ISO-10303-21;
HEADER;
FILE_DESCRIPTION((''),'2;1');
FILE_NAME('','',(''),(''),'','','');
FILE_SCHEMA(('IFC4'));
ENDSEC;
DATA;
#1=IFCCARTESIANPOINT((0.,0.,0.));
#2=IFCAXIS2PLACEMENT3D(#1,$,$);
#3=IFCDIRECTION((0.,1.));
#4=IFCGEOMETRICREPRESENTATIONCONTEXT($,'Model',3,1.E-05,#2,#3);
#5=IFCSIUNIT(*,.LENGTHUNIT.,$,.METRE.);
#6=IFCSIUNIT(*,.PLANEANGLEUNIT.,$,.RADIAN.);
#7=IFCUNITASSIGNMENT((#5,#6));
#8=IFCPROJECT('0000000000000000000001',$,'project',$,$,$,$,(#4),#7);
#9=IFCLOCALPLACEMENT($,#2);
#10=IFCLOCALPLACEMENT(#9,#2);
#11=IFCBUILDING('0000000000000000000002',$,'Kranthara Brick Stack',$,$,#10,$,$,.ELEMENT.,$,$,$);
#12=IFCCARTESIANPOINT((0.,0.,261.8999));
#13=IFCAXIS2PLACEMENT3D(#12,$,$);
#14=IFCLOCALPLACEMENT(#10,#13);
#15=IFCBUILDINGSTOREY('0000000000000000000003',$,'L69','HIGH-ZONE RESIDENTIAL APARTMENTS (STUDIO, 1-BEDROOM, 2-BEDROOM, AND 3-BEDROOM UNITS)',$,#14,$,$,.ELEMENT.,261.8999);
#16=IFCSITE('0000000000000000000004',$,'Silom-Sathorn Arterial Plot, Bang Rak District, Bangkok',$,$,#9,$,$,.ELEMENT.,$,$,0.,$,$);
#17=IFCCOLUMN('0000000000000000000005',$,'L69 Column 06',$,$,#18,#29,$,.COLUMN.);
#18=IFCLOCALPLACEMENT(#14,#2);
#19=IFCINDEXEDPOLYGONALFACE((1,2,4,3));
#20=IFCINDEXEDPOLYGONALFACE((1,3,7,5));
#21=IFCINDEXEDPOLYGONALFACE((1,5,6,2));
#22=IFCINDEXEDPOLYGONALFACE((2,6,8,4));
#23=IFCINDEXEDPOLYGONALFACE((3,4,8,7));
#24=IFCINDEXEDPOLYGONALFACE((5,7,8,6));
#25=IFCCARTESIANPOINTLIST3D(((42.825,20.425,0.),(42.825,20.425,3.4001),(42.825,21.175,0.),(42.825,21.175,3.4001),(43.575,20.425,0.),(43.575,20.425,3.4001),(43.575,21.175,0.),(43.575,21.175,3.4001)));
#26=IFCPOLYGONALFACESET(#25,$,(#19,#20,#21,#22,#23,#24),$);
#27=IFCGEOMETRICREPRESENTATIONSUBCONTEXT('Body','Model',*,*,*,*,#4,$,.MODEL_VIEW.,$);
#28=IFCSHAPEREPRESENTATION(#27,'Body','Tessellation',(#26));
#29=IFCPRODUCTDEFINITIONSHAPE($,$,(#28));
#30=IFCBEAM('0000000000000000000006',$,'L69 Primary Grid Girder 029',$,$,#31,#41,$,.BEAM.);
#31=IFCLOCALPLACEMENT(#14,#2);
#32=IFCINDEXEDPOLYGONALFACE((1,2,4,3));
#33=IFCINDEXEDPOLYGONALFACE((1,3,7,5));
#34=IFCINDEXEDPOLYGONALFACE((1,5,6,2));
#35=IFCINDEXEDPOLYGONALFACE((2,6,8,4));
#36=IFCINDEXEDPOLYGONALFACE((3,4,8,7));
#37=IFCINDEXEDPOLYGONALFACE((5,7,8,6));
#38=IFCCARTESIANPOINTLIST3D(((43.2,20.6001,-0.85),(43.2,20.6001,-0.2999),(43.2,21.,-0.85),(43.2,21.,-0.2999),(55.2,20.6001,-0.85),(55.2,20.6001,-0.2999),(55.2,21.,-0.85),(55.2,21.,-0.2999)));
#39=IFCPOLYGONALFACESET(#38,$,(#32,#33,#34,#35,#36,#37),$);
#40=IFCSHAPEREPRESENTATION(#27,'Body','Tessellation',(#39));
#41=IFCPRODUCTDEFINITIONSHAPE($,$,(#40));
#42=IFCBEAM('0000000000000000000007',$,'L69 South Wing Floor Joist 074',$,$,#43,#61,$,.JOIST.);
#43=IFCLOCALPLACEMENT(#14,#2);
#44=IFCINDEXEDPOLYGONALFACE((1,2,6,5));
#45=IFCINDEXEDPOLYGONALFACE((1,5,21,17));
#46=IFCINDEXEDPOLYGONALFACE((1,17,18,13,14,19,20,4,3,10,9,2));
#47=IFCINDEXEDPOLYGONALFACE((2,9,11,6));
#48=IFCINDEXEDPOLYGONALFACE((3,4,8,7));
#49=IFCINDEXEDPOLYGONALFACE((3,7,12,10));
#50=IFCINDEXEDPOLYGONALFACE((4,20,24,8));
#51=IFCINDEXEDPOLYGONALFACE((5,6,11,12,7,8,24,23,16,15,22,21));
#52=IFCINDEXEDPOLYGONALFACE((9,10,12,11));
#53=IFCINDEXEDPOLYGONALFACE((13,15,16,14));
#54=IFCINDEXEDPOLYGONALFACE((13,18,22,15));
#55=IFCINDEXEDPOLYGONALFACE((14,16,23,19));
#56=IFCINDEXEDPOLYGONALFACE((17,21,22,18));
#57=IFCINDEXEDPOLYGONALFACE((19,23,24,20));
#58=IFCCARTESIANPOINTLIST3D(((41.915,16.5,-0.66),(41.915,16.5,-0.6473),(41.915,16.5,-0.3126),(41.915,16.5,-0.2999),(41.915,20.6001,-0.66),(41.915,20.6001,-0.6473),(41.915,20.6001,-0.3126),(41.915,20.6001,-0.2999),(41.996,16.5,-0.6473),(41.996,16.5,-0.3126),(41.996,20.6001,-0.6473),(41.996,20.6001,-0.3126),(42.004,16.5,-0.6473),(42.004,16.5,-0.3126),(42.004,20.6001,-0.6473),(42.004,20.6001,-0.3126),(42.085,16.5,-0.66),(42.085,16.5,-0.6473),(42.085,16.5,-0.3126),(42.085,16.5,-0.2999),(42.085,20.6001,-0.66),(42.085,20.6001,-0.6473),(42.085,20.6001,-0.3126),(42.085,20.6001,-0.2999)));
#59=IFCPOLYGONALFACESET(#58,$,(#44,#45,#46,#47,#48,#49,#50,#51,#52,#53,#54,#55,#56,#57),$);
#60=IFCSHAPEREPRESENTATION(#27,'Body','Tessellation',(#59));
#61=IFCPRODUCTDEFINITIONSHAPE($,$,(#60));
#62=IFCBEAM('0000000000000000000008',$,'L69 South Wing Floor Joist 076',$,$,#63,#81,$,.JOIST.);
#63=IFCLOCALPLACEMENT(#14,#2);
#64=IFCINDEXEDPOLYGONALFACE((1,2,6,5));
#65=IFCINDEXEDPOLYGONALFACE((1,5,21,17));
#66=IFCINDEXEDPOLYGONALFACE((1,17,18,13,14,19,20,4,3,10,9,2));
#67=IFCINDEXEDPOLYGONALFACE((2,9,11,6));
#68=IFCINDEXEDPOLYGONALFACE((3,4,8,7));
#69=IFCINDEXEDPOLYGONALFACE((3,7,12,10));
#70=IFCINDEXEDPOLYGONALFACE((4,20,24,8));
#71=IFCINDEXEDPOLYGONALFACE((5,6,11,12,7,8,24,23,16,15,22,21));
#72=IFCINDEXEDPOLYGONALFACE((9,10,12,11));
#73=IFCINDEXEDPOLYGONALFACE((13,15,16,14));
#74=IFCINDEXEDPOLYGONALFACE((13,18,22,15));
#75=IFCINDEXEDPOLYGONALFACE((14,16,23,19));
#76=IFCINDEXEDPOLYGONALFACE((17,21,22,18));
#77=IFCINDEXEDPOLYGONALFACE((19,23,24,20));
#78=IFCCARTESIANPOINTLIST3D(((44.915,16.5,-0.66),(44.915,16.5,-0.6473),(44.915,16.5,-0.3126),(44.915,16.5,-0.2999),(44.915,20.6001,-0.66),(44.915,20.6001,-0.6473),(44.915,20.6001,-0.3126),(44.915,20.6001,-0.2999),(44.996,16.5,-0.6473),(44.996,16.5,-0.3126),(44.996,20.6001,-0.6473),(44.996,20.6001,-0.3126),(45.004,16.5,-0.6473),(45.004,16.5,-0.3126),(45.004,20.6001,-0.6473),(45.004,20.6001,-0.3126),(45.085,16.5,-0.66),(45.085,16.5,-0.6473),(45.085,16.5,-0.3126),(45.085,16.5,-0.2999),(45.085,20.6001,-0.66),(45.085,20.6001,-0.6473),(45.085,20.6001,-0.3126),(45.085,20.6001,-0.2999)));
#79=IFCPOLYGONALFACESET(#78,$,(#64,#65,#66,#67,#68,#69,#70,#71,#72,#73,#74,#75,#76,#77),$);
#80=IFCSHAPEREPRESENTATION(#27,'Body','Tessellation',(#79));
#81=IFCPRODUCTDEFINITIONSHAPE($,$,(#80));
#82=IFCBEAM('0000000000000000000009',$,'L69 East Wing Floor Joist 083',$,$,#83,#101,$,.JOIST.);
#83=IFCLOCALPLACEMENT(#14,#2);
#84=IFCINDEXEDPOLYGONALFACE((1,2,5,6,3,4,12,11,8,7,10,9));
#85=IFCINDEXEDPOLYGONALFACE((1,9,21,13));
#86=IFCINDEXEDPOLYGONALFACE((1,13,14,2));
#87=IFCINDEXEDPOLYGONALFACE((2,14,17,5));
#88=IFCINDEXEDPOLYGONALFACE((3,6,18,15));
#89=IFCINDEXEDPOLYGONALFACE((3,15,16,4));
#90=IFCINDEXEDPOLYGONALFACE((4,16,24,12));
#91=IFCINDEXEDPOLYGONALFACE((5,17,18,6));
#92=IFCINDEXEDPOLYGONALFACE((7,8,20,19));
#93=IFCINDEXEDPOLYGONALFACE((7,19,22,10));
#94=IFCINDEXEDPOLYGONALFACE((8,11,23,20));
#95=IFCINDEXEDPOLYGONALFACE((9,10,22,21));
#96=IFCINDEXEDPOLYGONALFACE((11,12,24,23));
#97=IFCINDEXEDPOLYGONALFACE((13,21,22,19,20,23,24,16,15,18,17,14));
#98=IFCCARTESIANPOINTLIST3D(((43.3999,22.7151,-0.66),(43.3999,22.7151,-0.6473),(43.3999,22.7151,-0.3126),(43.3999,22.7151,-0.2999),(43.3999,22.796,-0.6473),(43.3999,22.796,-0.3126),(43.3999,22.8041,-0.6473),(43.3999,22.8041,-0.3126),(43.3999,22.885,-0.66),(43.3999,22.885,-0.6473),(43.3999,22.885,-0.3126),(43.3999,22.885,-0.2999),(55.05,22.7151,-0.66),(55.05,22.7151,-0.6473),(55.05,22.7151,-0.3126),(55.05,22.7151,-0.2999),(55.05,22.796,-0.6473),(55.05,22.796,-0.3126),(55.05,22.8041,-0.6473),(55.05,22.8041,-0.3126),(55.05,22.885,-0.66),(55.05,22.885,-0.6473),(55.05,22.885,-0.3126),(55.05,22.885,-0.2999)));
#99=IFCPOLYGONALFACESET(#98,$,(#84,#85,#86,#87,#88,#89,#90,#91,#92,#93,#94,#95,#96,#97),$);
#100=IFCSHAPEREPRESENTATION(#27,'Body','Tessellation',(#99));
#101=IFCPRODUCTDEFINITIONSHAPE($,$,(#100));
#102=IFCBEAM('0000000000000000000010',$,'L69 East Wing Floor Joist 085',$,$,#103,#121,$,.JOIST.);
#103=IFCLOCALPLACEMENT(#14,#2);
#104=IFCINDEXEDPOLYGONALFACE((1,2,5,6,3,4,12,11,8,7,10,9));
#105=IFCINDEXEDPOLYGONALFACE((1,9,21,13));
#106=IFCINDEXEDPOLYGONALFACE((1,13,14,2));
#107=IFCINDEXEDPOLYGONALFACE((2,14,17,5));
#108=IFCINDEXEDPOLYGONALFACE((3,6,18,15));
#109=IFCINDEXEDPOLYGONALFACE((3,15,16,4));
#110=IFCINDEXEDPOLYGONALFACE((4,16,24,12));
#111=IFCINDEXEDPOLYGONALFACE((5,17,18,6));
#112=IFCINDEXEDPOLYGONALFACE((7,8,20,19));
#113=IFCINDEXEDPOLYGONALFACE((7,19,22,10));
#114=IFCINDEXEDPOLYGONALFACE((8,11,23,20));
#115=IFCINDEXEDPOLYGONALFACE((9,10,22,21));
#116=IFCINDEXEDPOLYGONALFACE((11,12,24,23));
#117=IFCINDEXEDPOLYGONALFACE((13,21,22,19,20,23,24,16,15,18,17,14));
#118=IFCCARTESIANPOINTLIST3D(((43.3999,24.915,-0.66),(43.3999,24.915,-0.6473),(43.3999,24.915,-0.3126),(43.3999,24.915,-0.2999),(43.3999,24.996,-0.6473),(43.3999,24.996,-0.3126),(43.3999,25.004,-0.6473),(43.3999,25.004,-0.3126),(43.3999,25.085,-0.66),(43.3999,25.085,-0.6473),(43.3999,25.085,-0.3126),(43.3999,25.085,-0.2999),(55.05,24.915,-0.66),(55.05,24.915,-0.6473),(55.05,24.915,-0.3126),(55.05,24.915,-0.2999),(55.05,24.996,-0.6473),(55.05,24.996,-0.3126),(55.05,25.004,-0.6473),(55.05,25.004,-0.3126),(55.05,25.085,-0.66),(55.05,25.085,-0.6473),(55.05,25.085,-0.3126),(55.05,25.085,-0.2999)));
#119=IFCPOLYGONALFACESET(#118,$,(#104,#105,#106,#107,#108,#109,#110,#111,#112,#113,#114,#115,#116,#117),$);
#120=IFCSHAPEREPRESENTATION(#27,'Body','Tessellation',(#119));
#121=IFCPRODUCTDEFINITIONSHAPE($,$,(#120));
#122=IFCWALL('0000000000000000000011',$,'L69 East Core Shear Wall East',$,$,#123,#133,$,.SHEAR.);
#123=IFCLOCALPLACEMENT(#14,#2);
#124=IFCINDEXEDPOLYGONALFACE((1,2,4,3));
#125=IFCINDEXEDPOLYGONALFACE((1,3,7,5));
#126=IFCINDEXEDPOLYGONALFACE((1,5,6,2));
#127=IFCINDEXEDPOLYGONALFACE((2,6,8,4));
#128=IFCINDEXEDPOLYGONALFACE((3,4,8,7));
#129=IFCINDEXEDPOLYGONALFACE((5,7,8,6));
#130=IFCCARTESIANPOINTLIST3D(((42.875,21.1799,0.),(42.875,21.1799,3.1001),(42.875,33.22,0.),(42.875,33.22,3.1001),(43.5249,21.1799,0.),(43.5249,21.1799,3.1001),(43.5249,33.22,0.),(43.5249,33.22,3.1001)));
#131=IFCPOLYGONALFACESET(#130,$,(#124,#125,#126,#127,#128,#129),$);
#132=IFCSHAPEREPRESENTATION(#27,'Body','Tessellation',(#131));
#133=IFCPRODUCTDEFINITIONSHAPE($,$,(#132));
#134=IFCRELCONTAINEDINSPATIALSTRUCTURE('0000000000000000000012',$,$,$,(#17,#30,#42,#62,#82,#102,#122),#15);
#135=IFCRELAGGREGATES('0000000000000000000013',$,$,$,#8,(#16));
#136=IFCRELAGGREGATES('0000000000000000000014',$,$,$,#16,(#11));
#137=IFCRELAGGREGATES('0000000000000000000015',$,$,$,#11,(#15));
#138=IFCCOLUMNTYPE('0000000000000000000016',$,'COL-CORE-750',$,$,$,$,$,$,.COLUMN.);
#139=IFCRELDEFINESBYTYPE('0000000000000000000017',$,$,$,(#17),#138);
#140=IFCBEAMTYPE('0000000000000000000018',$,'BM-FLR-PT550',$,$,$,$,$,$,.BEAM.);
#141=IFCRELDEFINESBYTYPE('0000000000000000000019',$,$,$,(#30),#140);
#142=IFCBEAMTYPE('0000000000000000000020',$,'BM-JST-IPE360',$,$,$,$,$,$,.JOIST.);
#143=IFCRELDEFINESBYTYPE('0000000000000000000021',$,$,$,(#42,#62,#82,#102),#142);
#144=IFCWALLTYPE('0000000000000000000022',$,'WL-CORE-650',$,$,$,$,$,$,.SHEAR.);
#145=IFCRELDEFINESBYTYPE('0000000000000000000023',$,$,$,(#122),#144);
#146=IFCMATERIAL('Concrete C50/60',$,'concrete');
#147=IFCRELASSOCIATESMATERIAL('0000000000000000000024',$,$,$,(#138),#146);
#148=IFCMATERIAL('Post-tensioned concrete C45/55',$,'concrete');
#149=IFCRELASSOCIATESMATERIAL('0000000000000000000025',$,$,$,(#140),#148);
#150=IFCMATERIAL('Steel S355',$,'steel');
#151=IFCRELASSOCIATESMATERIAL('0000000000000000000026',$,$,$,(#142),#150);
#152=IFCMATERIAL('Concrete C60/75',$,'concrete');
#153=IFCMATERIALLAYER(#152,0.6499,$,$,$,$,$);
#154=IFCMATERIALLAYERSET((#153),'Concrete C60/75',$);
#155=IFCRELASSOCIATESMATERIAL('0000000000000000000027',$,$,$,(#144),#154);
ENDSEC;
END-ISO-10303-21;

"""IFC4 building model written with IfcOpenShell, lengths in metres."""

from ifc_helpers import new_model, si_unit, direction, frame, frame_2d, origin, origin_2d, place, context, subcontext, project, spatial, rectangle, i_section, extrude, material, layer, layer_set, material_profile, profile_set, type_object, element, save


model = new_model("IFC4")

# Units and contexts
model_context = context("Model", 3, precision=1e-05, world=origin(), true_north=direction((0.0, 1.0)))
body_context = subcontext(model_context, "Body", "Model", "MODEL_VIEW")
ifc_project = project(units=[si_unit("LENGTHUNIT", "METRE"), si_unit("PLANEANGLEUNIT", "RADIAN")], contexts=[model_context])

# Site, building, storey
site_placement = place(None, origin())
site = spatial("IfcSite", under=ifc_project, at=site_placement, Name="Silom-Sathorn Arterial Plot, Bang Rak District, Bangkok", CompositionType="ELEMENT", RefElevation=0.0)
building_placement = place(site_placement, origin())
building = spatial("IfcBuilding", under=site, at=building_placement, Name="Kranthara Brick Stack", CompositionType="ELEMENT")
storey_placement = place(building_placement, frame((0.0, 0.0, 261.8999)))
storey = spatial("IfcBuildingStorey", under=building, at=storey_placement, Name="L69", Description="HIGH-ZONE RESIDENTIAL APARTMENTS (STUDIO, 1-BEDROOM, 2-BEDROOM, AND 3-BEDROOM UNITS)", CompositionType="ELEMENT", Elevation=261.8999)

# Column
ifc_material_1 = material(Name="Concrete C50/60", Category="concrete")
ifc_material_profile_1 = material_profile(ifc_material_1, rectangle(XDim=0.75, YDim=0.75, at=origin_2d()), Name="RC 750x750")
ifc_profile_set_1 = profile_set([ifc_material_profile_1], Name="Concrete C50/60")
column_type = type_object("IfcColumnType", Name="COL-CORE-750", PredefinedType="COLUMN", material=ifc_profile_set_1)
column_placement = place(storey_placement, frame((43.2, 20.8, 0.0), z_axis=(0.0, 0.0, 1.0), x_axis=(1.0, 0.0, 0.0)))
element("IfcColumn", 1, at=column_placement, inside=storey, type_object=column_type, Name="L69 Column 06", PredefinedType="COLUMN", context=body_context, shape_type="SweptSolid", body=[
    extrude(rectangle(XDim=0.75, YDim=0.75, at=origin_2d()), origin(), (0.0, 0.0, 1.0), 3.4001),
])

# Beams
ifc_material_2 = material(Name="Post-tensioned concrete C45/55", Category="concrete")
ifc_material_profile_2 = material_profile(ifc_material_2, rectangle(XDim=0.3999, YDim=0.55, at=origin_2d()), Name="PT 400x550")
ifc_profile_set_2 = profile_set([ifc_material_profile_2], Name="Post-tensioned concrete C45/55")
beam_type_1 = type_object("IfcBeamType", Name="BM-FLR-PT550", PredefinedType="BEAM", material=ifc_profile_set_2)
beam_placement = place(storey_placement, frame((43.2, 20.8, -0.575), z_axis=(1.0, 0.0, 0.0), x_axis=(0.0, 1.0, 0.0)))
element("IfcBeam", 2, at=beam_placement, inside=storey, type_object=beam_type_1, Name="L69 Primary Grid Girder 029", PredefinedType="BEAM", context=body_context, shape_type="SweptSolid", body=[
    extrude(rectangle(XDim=0.3999, YDim=0.55, at=origin_2d()), origin(), (0.0, 0.0, 1.0), 12.0),
])
ifc_material_3 = material(Name="Steel S355", Category="steel")
ifc_material_profile_3 = material_profile(ifc_material_3, i_section(OverallWidth=0.1699, OverallDepth=0.3601, WebThickness=0.0081, FlangeThickness=0.0127, at=origin_2d()), Name="IPE 360")
ifc_profile_set_3 = profile_set([ifc_material_profile_3], Name="Steel S355")
beam_type_2 = type_object("IfcBeamType", Name="BM-JST-IPE360", PredefinedType="JOIST", material=ifc_profile_set_3)
for number, where, z_axis, x_axis, name in (
    (3, (42.0, 16.5, -0.48), (0.0, 1.0, 0.0), (-1.0, 0.0, 0.0), "L69 South Wing Floor Joist 074"),
    (4, (45.0, 16.5, -0.48), (0.0, 1.0, 0.0), (-1.0, 0.0, 0.0), "L69 South Wing Floor Joist 076"),
):
    element("IfcBeam", number, at=place(storey_placement, frame(where, z_axis=z_axis, x_axis=x_axis)), inside=storey, type_object=beam_type_2, Name=name, PredefinedType="JOIST", context=body_context, shape_type="SweptSolid", body=[
        extrude(i_section(OverallWidth=0.1699, OverallDepth=0.3601, WebThickness=0.0081, FlangeThickness=0.0127, at=origin_2d()), origin(), (0.0, 0.0, 1.0), 4.1001),
    ])
for number, where, z_axis, x_axis, name in (
    (5, (43.3999, 22.8, -0.48), (1.0, 0.0, 0.0), (0.0, 1.0, 0.0), "L69 East Wing Floor Joist 083"),
    (6, (43.3999, 25.0, -0.48), (1.0, 0.0, 0.0), (0.0, 1.0, 0.0), "L69 East Wing Floor Joist 085"),
):
    element("IfcBeam", number, at=place(storey_placement, frame(where, z_axis=z_axis, x_axis=x_axis)), inside=storey, type_object=beam_type_2, Name=name, PredefinedType="JOIST", context=body_context, shape_type="SweptSolid", body=[
        extrude(i_section(OverallWidth=0.1699, OverallDepth=0.3601, WebThickness=0.0081, FlangeThickness=0.0127, at=origin_2d()), origin(), (0.0, 0.0, 1.0), 11.6501),
    ])

# Wall
ifc_material_4 = material(Name="Concrete C60/75", Category="concrete")
ifc_layer_1 = layer(ifc_material_4, 0.6499)
ifc_layer_set_1 = layer_set([ifc_layer_1], Name="Concrete C60/75")
wall_type_1 = type_object("IfcWallType", Name="WL-CORE-650", PredefinedType="SHEAR", material=ifc_layer_set_1)
wall_1_placement = place(storey_placement, frame((43.2, 21.1799, 0.0), z_axis=(0.0, 0.0, 1.0), x_axis=(0.0, 1.0, 0.0)))
element("IfcWall", 7, at=wall_1_placement, inside=storey, type_object=wall_type_1, Name="L69 East Core Shear Wall East", PredefinedType="SHEAR", context=body_context, shape_type="SweptSolid", body=[
    extrude(rectangle(XDim=12.04, YDim=0.6499, at=frame_2d((6.02, 0.0))), origin(), (0.0, 0.0, 1.0), 3.1001),
])

save(model, "model.ifc")
